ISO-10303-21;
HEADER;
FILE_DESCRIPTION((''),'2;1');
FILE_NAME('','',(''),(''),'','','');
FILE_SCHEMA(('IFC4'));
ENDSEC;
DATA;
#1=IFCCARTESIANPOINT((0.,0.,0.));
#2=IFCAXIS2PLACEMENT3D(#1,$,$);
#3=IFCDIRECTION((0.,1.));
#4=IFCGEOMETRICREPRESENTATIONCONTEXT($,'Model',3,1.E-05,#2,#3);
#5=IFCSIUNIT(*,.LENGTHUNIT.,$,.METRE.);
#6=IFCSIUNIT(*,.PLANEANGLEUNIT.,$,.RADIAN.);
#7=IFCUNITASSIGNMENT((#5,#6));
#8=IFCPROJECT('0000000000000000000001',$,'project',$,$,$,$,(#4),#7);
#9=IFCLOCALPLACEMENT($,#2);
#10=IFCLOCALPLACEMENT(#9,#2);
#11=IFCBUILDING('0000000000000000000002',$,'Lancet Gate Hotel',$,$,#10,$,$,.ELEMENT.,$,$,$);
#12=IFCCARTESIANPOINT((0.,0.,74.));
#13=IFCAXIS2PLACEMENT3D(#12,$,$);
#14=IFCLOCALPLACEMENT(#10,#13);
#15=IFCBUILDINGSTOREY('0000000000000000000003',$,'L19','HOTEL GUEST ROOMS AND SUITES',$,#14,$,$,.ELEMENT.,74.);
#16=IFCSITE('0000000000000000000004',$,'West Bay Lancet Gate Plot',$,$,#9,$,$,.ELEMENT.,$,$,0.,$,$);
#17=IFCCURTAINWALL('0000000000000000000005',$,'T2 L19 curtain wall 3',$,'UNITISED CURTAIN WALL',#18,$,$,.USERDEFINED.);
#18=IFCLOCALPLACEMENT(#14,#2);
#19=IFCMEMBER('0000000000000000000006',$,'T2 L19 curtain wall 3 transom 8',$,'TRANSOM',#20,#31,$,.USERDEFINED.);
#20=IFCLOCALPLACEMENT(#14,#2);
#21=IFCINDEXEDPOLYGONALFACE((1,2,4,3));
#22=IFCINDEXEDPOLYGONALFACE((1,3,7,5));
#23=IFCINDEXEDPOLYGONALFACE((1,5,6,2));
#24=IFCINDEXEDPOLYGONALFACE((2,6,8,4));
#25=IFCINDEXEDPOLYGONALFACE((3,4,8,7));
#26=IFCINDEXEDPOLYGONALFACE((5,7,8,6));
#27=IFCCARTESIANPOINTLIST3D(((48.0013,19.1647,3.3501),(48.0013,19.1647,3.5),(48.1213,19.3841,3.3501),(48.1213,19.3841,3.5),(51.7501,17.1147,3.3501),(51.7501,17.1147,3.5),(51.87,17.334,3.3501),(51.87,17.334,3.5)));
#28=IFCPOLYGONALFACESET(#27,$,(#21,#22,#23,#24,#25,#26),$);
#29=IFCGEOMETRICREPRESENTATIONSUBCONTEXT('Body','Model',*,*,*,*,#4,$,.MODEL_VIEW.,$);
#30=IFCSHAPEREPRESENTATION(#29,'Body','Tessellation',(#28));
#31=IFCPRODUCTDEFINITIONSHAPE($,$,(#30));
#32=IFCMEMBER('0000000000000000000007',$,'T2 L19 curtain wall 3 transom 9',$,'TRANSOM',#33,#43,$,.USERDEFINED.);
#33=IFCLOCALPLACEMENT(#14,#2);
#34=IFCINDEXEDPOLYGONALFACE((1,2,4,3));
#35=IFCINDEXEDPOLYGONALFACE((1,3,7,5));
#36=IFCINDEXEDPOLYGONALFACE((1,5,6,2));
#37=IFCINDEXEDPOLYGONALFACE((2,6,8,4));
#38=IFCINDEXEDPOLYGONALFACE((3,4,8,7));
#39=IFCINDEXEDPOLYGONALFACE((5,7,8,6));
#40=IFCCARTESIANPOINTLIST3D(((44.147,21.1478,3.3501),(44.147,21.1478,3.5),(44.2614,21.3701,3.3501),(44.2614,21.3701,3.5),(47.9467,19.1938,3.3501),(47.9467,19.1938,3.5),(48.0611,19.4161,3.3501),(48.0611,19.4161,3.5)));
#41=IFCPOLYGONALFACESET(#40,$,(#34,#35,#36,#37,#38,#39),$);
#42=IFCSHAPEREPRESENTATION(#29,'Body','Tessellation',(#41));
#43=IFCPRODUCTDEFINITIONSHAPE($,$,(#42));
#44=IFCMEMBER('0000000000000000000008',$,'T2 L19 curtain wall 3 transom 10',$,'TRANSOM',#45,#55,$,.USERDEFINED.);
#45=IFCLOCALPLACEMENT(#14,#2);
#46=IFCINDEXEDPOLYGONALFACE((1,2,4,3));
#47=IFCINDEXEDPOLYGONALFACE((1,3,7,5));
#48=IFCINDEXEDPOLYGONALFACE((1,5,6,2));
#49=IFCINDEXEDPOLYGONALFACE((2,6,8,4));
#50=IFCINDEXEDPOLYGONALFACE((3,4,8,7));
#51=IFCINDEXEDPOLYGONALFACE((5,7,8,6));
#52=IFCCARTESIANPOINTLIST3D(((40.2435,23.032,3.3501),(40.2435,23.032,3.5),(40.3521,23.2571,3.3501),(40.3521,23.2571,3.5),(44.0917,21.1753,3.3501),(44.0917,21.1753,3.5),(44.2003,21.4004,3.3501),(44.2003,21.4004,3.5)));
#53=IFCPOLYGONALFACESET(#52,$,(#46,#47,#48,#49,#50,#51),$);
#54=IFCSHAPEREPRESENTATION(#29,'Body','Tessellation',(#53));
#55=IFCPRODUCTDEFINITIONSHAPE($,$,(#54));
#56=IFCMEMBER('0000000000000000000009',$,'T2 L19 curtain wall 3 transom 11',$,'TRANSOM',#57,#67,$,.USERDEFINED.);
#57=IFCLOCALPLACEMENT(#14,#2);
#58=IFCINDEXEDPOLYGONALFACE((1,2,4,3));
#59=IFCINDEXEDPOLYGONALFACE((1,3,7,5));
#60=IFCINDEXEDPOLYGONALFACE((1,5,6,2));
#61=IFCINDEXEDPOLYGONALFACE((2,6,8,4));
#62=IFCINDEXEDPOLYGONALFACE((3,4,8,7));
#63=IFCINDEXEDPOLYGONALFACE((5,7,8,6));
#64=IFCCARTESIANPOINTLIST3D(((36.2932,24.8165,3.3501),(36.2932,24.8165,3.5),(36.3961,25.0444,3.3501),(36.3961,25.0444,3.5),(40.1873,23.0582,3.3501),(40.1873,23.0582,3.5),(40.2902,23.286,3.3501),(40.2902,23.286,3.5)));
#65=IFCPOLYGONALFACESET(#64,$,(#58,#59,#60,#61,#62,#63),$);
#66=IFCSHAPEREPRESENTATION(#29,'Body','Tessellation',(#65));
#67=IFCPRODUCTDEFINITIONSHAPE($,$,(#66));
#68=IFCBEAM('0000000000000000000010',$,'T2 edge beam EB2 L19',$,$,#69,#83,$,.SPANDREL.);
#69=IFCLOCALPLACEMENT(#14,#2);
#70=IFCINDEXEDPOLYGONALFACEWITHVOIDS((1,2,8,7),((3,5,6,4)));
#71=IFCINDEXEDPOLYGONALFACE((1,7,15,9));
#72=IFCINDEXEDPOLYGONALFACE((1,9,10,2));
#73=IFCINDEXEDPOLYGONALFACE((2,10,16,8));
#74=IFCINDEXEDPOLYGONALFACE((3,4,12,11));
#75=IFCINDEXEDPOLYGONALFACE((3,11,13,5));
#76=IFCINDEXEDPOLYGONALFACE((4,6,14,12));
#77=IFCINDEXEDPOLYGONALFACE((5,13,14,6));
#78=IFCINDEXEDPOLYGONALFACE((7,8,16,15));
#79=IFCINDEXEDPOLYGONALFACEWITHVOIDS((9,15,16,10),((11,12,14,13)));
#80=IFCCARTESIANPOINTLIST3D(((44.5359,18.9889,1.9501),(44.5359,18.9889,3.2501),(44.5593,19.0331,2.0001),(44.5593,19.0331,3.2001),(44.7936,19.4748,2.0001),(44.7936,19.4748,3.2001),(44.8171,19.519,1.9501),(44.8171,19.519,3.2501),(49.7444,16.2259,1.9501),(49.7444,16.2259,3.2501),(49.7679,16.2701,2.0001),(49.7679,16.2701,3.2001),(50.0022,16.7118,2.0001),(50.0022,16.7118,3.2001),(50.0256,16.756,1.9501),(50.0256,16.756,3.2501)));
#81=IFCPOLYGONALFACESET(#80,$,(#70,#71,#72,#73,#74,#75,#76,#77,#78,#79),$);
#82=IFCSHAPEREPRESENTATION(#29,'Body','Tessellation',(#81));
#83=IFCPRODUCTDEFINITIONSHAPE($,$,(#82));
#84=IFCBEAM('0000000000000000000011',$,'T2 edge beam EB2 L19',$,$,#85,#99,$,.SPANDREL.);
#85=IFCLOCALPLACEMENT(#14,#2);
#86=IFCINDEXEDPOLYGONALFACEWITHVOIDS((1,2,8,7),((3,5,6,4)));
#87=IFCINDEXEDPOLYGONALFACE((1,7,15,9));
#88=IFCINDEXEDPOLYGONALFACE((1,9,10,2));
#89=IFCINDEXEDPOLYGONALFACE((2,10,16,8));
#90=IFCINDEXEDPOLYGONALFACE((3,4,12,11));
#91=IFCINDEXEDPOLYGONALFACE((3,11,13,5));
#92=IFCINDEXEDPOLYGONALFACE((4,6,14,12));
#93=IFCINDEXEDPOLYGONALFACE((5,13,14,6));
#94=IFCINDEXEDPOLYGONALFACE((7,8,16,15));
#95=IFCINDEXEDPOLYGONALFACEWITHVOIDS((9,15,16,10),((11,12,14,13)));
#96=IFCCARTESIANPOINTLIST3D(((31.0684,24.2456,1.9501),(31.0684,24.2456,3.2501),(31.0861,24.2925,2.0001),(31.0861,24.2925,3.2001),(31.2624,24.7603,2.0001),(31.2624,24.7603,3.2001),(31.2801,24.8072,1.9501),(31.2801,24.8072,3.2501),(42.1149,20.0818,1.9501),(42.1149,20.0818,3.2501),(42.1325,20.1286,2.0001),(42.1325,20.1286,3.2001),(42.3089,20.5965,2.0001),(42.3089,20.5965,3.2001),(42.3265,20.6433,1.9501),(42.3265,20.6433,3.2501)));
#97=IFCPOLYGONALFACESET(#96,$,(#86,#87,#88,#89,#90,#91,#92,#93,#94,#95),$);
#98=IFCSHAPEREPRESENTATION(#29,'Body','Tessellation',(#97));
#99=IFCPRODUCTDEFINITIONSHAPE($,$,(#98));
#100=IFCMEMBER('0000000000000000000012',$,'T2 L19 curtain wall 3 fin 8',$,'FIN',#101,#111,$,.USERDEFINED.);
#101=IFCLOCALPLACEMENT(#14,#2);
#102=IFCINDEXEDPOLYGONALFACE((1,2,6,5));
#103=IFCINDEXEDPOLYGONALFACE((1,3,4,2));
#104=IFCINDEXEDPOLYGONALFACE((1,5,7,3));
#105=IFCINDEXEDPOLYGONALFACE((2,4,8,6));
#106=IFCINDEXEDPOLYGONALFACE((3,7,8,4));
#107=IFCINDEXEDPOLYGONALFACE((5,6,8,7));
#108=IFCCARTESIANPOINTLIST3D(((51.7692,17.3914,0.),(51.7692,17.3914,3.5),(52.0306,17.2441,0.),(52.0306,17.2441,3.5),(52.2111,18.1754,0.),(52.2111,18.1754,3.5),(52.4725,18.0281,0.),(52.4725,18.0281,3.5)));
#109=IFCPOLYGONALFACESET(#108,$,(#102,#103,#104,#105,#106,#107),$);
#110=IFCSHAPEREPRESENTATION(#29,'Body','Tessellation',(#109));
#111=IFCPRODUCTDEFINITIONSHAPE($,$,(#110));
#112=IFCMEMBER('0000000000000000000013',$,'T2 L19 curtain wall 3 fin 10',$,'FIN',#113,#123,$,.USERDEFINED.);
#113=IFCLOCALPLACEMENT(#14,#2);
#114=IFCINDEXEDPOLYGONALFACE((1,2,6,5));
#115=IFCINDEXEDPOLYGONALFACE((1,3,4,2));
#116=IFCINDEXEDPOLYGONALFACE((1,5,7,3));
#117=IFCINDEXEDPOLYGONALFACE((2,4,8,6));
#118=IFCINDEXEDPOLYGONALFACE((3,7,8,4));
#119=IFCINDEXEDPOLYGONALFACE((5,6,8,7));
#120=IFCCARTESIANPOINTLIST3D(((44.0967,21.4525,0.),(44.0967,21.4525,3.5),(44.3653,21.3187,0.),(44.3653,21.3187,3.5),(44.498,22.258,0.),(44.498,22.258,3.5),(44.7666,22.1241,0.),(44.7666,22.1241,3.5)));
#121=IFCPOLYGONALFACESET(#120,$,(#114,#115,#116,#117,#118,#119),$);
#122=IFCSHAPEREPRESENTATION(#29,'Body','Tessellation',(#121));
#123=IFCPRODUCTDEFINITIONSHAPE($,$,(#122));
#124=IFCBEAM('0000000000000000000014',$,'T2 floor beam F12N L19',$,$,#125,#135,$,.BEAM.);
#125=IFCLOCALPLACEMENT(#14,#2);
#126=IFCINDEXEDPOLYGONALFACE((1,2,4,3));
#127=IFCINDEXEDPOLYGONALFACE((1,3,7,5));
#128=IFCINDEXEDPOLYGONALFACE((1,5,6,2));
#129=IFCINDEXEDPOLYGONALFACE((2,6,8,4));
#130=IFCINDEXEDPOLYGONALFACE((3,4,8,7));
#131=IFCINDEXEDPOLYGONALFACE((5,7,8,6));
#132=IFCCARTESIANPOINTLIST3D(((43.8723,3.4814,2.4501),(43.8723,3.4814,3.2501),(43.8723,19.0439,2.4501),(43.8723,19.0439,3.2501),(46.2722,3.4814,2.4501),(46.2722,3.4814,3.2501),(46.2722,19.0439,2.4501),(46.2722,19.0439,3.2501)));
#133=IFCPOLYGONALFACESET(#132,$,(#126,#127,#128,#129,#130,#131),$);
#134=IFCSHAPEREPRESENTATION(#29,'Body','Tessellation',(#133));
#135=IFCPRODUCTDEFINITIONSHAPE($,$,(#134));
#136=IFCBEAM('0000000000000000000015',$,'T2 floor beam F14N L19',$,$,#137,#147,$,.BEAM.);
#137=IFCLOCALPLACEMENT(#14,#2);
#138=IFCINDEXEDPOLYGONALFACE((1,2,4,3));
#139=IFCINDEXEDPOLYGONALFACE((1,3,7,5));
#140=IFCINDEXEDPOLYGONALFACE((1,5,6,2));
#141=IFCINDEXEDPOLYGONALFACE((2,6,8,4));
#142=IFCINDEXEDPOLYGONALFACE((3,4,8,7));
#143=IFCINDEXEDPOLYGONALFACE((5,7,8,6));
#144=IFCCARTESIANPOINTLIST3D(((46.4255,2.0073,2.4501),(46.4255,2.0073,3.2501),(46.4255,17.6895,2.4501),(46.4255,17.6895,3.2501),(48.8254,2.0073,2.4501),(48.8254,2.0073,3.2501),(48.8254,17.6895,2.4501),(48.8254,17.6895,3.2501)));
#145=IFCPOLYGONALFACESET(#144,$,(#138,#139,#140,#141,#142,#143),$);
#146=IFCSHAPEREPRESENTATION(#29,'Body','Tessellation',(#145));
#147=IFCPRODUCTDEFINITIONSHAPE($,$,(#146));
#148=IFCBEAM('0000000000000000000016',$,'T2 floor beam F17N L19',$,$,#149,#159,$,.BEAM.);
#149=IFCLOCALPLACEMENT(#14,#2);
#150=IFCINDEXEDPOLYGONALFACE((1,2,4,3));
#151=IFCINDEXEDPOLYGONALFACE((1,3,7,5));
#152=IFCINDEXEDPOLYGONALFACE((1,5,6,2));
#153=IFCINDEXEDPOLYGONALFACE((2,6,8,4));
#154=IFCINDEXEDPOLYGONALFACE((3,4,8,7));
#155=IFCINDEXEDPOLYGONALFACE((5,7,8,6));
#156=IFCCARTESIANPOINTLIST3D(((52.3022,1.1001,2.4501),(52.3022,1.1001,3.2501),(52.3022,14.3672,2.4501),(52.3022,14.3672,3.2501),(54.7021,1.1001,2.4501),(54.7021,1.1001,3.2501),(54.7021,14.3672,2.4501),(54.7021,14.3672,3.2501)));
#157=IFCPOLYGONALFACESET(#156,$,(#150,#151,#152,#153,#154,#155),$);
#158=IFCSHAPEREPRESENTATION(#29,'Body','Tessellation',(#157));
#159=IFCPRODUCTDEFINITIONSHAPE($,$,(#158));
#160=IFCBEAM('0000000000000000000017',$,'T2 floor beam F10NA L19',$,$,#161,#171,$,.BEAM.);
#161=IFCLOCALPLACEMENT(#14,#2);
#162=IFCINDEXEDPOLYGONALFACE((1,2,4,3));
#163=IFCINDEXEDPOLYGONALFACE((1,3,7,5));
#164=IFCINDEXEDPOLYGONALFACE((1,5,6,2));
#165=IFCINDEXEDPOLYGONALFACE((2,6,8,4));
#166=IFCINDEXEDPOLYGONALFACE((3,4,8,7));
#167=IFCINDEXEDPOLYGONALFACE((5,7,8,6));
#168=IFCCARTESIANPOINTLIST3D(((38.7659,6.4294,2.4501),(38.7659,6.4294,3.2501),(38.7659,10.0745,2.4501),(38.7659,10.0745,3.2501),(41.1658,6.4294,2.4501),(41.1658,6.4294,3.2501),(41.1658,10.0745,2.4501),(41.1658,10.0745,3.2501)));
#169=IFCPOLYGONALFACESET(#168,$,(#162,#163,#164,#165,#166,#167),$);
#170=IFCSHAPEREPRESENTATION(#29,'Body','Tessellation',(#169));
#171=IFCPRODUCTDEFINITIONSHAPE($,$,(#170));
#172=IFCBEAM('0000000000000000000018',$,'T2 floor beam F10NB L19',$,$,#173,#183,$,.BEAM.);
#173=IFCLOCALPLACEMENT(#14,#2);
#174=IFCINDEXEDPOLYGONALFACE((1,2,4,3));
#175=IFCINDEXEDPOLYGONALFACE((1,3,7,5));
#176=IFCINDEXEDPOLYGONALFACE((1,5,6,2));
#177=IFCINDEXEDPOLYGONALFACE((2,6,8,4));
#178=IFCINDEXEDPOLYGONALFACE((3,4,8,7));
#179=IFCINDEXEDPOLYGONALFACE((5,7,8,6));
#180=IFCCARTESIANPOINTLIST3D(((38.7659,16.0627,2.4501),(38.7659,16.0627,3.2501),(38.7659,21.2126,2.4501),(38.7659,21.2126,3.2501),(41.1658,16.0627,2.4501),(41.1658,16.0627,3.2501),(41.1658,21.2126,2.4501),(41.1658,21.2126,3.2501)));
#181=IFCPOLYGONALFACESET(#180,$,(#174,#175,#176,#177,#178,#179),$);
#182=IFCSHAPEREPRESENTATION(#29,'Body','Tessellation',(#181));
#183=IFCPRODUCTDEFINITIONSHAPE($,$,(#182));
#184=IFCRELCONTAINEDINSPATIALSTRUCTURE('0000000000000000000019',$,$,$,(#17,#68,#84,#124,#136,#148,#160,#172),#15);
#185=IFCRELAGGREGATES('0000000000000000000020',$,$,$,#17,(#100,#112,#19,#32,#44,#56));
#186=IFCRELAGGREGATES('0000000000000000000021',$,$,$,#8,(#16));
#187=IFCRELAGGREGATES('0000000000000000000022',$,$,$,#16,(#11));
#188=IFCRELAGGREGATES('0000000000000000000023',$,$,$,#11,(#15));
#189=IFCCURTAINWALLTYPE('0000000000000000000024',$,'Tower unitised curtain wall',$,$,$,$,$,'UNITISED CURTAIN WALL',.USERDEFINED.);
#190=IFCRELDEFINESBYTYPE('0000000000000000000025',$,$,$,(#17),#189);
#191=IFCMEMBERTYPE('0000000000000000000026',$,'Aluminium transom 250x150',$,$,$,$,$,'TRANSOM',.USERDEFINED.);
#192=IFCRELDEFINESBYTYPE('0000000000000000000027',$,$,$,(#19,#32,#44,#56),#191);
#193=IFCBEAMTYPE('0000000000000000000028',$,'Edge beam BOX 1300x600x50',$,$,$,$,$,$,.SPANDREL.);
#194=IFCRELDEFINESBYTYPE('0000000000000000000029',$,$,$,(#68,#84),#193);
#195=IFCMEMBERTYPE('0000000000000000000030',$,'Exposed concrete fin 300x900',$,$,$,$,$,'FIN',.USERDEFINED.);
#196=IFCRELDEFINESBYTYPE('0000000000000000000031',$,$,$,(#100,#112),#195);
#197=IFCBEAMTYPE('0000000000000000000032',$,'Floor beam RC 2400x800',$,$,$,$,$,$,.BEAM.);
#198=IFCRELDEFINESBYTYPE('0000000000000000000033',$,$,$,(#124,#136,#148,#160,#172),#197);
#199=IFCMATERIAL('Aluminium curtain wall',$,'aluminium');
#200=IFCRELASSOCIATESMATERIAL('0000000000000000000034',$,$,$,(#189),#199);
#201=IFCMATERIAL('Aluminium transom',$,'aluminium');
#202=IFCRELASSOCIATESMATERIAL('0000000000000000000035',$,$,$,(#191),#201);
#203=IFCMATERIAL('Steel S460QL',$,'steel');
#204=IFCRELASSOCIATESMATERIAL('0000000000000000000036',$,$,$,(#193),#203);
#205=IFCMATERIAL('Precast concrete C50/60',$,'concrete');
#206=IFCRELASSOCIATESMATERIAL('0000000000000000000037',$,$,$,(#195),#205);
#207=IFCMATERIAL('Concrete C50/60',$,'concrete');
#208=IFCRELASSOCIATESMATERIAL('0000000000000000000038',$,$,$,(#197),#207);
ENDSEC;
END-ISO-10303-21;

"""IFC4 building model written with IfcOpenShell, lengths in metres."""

from ifc_helpers import new_model, si_unit, direction, frame, origin, origin_2d, place, context, subcontext, project, spatial, rectangle, hollow_rectangle, extrude, material, material_profile, profile_set, type_object, element, aggregate, save


model = new_model("IFC4")

# Units and contexts
model_context = context("Model", 3, precision=1e-05, world=origin(), true_north=direction((0.0, 1.0)))
body_context = subcontext(model_context, "Body", "Model", "MODEL_VIEW")
ifc_project = project(units=[si_unit("LENGTHUNIT", "METRE"), si_unit("PLANEANGLEUNIT", "RADIAN")], contexts=[model_context])

# Site, building, storey
site_placement = place(None, origin())
site = spatial("IfcSite", under=ifc_project, at=site_placement, Name="West Bay Lancet Gate Plot", CompositionType="ELEMENT", RefElevation=0.0)
building_placement = place(site_placement, origin())
building = spatial("IfcBuilding", under=site, at=building_placement, Name="Lancet Gate Hotel", CompositionType="ELEMENT")
storey_placement = place(building_placement, frame((0.0, 0.0, 74.0)))
storey = spatial("IfcBuildingStorey", under=building, at=storey_placement, Name="L19", Description="HOTEL GUEST ROOMS AND SUITES", CompositionType="ELEMENT", Elevation=74.0)

# Curtain wall, members
ifc_material_1 = material(Name="Aluminium curtain wall", Category="aluminium")
curtain_wall_type = type_object("IfcCurtainWallType", Name="Tower unitised curtain wall", ElementType="UNITISED CURTAIN WALL", PredefinedType="USERDEFINED", material=ifc_material_1)
curtain_wall_placement = place(storey_placement, origin())
curtain_wall = element("IfcCurtainWall", 1, at=curtain_wall_placement, inside=storey, type_object=curtain_wall_type, Name="T2 L19 curtain wall 3", ObjectType="UNITISED CURTAIN WALL", PredefinedType="USERDEFINED")
ifc_material_2 = material(Name="Aluminium transom", Category="aluminium")
ifc_material_profile_1 = material_profile(ifc_material_2, rectangle(XDim=0.25, YDim=0.1499, at=origin_2d()), Name="TRANSOM 250x150")
ifc_profile_set_1 = profile_set([ifc_material_profile_1], Name="Aluminium transom")
member_type_1 = type_object("IfcMemberType", Name="Aluminium transom 250x150", ElementType="TRANSOM", PredefinedType="USERDEFINED", material=ifc_profile_set_1)
member_1_placement = place(storey_placement, frame((51.8101, 17.2244, 3.425), z_axis=(-0.877378, 0.479801, 0.0), x_axis=(-0.479801, -0.877378, 0.0)))
member_1 = element("IfcMember", 2, at=member_1_placement, type_object=member_type_1, Name="T2 L19 curtain wall 3 transom 8", ObjectType="TRANSOM", PredefinedType="USERDEFINED", context=body_context, shape_type="SweptSolid", body=[
    extrude(rectangle(XDim=0.25, YDim=0.1499, at=origin_2d()), origin(), (0.0, 0.0, 1.0), 4.2727),
])
member_2_placement = place(storey_placement, frame((48.0039, 19.3049, 3.425), z_axis=(-0.889296, 0.457333, 0.0), x_axis=(-0.457333, -0.889296, 0.0)))
member_2 = element("IfcMember", 3, at=member_2_placement, type_object=member_type_1, Name="T2 L19 curtain wall 3 transom 9", ObjectType="TRANSOM", PredefinedType="USERDEFINED", context=body_context, shape_type="SweptSolid", body=[
    extrude(rectangle(XDim=0.25, YDim=0.1499, at=origin_2d()), origin(), (0.0, 0.0, 1.0), 4.2727),
])
member_3_placement = place(storey_placement, frame((44.146, 21.2878, 3.425), z_axis=(-0.900646, 0.434553, 0.0), x_axis=(-0.434553, -0.900646, 0.0)))
member_3 = element("IfcMember", 4, at=member_3_placement, type_object=member_type_1, Name="T2 L19 curtain wall 3 transom 10", ObjectType="TRANSOM", PredefinedType="USERDEFINED", context=body_context, shape_type="SweptSolid", body=[
    extrude(rectangle(XDim=0.25, YDim=0.1499, at=origin_2d()), origin(), (0.0, 0.0, 1.0), 4.2727),
])
member_4_placement = place(storey_placement, frame((40.2388, 23.1721, 3.425), z_axis=(-0.911397, 0.411529, 0.0), x_axis=(-0.411529, -0.911397, 0.0)))
member_4 = element("IfcMember", 5, at=member_4_placement, type_object=member_type_1, Name="T2 L19 curtain wall 3 transom 11", ObjectType="TRANSOM", PredefinedType="USERDEFINED", context=body_context, shape_type="SweptSolid", body=[
    extrude(rectangle(XDim=0.25, YDim=0.1499, at=origin_2d()), origin(), (0.0, 0.0, 1.0), 4.2727),
])

# Beams
ifc_material_3 = material(Name="Steel S460QL", Category="steel")
ifc_material_profile_2 = material_profile(ifc_material_3, hollow_rectangle(XDim=0.6001, YDim=1.3, WallThickness=0.05, at=origin_2d()), Name="BOX 1300x600x50")
ifc_profile_set_2 = profile_set([ifc_material_profile_2], Name="Steel S460QL")
beam_type_1 = type_object("IfcBeamType", Name="Edge beam BOX 1300x600x50", PredefinedType="SPANDREL", material=ifc_profile_set_2)
beam_1_placement = place(storey_placement, frame((49.885, 16.491, 2.6001), z_axis=(-0.883402, 0.468616, 0.0), x_axis=(-0.468616, -0.883402, 0.0)))
element("IfcBeam", 6, at=beam_1_placement, inside=storey, type_object=beam_type_1, Name="T2 edge beam EB2 L19", PredefinedType="SPANDREL", context=body_context, shape_type="SweptSolid", body=[
    extrude(hollow_rectangle(XDim=0.6001, YDim=1.3, WallThickness=0.05, at=origin_2d()), origin(), (0.0, 0.0, 1.0), 5.896),
])
beam_2_placement = place(storey_placement, frame((42.2207, 20.3625, 2.6001), z_axis=(-0.935731, 0.352714, 0.0), x_axis=(-0.352714, -0.935731, 0.0)))
element("IfcBeam", 7, at=beam_2_placement, inside=storey, type_object=beam_type_1, Name="T2 edge beam EB2 L19", PredefinedType="SPANDREL", context=body_context, shape_type="SweptSolid", body=[
    extrude(hollow_rectangle(XDim=0.6001, YDim=1.3, WallThickness=0.05, at=origin_2d()), origin(), (0.0, 0.0, 1.0), 11.8052),
])

# Members
ifc_material_4 = material(Name="Precast concrete C50/60", Category="concrete")
ifc_material_profile_3 = material_profile(ifc_material_4, rectangle(XDim=0.3, YDim=0.8999, at=origin_2d()), Name="FIN 300x900")
ifc_profile_set_3 = profile_set([ifc_material_profile_3], Name="Precast concrete C50/60")
member_type_2 = type_object("IfcMemberType", Name="Exposed concrete fin 300x900", ElementType="FIN", PredefinedType="USERDEFINED", material=ifc_profile_set_3)
member_5_placement = place(storey_placement, frame((52.1208, 17.7097, 0.0), z_axis=(0.0, 0.0, 1.0), x_axis=(-0.87119, 0.490945, 0.0)))
member_5 = element("IfcMember", 8, at=member_5_placement, type_object=member_type_2, Name="T2 L19 curtain wall 3 fin 8", ObjectType="FIN", PredefinedType="USERDEFINED", context=body_context, shape_type="SweptSolid", body=[
    extrude(rectangle(XDim=0.3, YDim=0.8999, at=origin_2d()), origin(), (0.0, 0.0, 1.0), 3.5),
])
member_6_placement = place(storey_placement, frame((44.4316, 21.7883, 0.0), z_axis=(0.0, 0.0, 1.0), x_axis=(-0.895044, 0.445978, 0.0)))
member_6 = element("IfcMember", 9, at=member_6_placement, type_object=member_type_2, Name="T2 L19 curtain wall 3 fin 10", ObjectType="FIN", PredefinedType="USERDEFINED", context=body_context, shape_type="SweptSolid", body=[
    extrude(rectangle(XDim=0.3, YDim=0.8999, at=origin_2d()), origin(), (0.0, 0.0, 1.0), 3.5),
])

# Beams
ifc_material_5 = material(Name="Concrete C50/60", Category="concrete")
ifc_material_profile_4 = material_profile(ifc_material_5, rectangle(XDim=2.3999, YDim=0.8, at=origin_2d()), Name="RC 2400x800")
ifc_profile_set_4 = profile_set([ifc_material_profile_4], Name="Concrete C50/60")
beam_type_2 = type_object("IfcBeamType", Name="Floor beam RC 2400x800", PredefinedType="BEAM", material=ifc_profile_set_4)
beam_3_placement = place(storey_placement, frame((45.0723, 3.4814, 2.8501), z_axis=(0.0, 1.0, 0.0), x_axis=(-1.0, 0.0, 0.0)))
element("IfcBeam", 10, at=beam_3_placement, inside=storey, type_object=beam_type_2, Name="T2 floor beam F12N L19", PredefinedType="BEAM", context=body_context, shape_type="SweptSolid", body=[
    extrude(rectangle(XDim=2.3999, YDim=0.8, at=origin_2d()), origin(), (0.0, 0.0, 1.0), 15.5625),
])
beam_4_placement = place(storey_placement, frame((47.6255, 2.0073, 2.8501), z_axis=(0.0, 1.0, 0.0), x_axis=(-1.0, 0.0, 0.0)))
element("IfcBeam", 11, at=beam_4_placement, inside=storey, type_object=beam_type_2, Name="T2 floor beam F14N L19", PredefinedType="BEAM", context=body_context, shape_type="SweptSolid", body=[
    extrude(rectangle(XDim=2.3999, YDim=0.8, at=origin_2d()), origin(), (0.0, 0.0, 1.0), 15.6821),
])
beam_5_placement = place(storey_placement, frame((53.5022, 1.1001, 2.8501), z_axis=(0.0, 1.0, 0.0), x_axis=(-1.0, 0.0, 0.0)))
element("IfcBeam", 12, at=beam_5_placement, inside=storey, type_object=beam_type_2, Name="T2 floor beam F17N L19", PredefinedType="BEAM", context=body_context, shape_type="SweptSolid", body=[
    extrude(rectangle(XDim=2.3999, YDim=0.8, at=origin_2d()), origin(), (0.0, 0.0, 1.0), 13.2671),
])
beam_6_placement = place(storey_placement, frame((39.9658, 6.4294, 2.8501), z_axis=(0.0, 1.0, 0.0), x_axis=(-1.0, 0.0, 0.0)))
element("IfcBeam", 13, at=beam_6_placement, inside=storey, type_object=beam_type_2, Name="T2 floor beam F10NA L19", PredefinedType="BEAM", context=body_context, shape_type="SweptSolid", body=[
    extrude(rectangle(XDim=2.3999, YDim=0.8, at=origin_2d()), origin(), (0.0, 0.0, 1.0), 3.645),
])
beam_7_placement = place(storey_placement, frame((39.9658, 16.0627, 2.8501), z_axis=(0.0, 1.0, 0.0), x_axis=(-1.0, 0.0, 0.0)))
element("IfcBeam", 14, at=beam_7_placement, inside=storey, type_object=beam_type_2, Name="T2 floor beam F10NB L19", PredefinedType="BEAM", context=body_context, shape_type="SweptSolid", body=[
    extrude(rectangle(XDim=2.3999, YDim=0.8, at=origin_2d()), origin(), (0.0, 0.0, 1.0), 5.1499),
])

aggregate(curtain_wall, [member_5, member_6, member_1, member_2, member_3, member_4])

save(model, "model.ifc")
